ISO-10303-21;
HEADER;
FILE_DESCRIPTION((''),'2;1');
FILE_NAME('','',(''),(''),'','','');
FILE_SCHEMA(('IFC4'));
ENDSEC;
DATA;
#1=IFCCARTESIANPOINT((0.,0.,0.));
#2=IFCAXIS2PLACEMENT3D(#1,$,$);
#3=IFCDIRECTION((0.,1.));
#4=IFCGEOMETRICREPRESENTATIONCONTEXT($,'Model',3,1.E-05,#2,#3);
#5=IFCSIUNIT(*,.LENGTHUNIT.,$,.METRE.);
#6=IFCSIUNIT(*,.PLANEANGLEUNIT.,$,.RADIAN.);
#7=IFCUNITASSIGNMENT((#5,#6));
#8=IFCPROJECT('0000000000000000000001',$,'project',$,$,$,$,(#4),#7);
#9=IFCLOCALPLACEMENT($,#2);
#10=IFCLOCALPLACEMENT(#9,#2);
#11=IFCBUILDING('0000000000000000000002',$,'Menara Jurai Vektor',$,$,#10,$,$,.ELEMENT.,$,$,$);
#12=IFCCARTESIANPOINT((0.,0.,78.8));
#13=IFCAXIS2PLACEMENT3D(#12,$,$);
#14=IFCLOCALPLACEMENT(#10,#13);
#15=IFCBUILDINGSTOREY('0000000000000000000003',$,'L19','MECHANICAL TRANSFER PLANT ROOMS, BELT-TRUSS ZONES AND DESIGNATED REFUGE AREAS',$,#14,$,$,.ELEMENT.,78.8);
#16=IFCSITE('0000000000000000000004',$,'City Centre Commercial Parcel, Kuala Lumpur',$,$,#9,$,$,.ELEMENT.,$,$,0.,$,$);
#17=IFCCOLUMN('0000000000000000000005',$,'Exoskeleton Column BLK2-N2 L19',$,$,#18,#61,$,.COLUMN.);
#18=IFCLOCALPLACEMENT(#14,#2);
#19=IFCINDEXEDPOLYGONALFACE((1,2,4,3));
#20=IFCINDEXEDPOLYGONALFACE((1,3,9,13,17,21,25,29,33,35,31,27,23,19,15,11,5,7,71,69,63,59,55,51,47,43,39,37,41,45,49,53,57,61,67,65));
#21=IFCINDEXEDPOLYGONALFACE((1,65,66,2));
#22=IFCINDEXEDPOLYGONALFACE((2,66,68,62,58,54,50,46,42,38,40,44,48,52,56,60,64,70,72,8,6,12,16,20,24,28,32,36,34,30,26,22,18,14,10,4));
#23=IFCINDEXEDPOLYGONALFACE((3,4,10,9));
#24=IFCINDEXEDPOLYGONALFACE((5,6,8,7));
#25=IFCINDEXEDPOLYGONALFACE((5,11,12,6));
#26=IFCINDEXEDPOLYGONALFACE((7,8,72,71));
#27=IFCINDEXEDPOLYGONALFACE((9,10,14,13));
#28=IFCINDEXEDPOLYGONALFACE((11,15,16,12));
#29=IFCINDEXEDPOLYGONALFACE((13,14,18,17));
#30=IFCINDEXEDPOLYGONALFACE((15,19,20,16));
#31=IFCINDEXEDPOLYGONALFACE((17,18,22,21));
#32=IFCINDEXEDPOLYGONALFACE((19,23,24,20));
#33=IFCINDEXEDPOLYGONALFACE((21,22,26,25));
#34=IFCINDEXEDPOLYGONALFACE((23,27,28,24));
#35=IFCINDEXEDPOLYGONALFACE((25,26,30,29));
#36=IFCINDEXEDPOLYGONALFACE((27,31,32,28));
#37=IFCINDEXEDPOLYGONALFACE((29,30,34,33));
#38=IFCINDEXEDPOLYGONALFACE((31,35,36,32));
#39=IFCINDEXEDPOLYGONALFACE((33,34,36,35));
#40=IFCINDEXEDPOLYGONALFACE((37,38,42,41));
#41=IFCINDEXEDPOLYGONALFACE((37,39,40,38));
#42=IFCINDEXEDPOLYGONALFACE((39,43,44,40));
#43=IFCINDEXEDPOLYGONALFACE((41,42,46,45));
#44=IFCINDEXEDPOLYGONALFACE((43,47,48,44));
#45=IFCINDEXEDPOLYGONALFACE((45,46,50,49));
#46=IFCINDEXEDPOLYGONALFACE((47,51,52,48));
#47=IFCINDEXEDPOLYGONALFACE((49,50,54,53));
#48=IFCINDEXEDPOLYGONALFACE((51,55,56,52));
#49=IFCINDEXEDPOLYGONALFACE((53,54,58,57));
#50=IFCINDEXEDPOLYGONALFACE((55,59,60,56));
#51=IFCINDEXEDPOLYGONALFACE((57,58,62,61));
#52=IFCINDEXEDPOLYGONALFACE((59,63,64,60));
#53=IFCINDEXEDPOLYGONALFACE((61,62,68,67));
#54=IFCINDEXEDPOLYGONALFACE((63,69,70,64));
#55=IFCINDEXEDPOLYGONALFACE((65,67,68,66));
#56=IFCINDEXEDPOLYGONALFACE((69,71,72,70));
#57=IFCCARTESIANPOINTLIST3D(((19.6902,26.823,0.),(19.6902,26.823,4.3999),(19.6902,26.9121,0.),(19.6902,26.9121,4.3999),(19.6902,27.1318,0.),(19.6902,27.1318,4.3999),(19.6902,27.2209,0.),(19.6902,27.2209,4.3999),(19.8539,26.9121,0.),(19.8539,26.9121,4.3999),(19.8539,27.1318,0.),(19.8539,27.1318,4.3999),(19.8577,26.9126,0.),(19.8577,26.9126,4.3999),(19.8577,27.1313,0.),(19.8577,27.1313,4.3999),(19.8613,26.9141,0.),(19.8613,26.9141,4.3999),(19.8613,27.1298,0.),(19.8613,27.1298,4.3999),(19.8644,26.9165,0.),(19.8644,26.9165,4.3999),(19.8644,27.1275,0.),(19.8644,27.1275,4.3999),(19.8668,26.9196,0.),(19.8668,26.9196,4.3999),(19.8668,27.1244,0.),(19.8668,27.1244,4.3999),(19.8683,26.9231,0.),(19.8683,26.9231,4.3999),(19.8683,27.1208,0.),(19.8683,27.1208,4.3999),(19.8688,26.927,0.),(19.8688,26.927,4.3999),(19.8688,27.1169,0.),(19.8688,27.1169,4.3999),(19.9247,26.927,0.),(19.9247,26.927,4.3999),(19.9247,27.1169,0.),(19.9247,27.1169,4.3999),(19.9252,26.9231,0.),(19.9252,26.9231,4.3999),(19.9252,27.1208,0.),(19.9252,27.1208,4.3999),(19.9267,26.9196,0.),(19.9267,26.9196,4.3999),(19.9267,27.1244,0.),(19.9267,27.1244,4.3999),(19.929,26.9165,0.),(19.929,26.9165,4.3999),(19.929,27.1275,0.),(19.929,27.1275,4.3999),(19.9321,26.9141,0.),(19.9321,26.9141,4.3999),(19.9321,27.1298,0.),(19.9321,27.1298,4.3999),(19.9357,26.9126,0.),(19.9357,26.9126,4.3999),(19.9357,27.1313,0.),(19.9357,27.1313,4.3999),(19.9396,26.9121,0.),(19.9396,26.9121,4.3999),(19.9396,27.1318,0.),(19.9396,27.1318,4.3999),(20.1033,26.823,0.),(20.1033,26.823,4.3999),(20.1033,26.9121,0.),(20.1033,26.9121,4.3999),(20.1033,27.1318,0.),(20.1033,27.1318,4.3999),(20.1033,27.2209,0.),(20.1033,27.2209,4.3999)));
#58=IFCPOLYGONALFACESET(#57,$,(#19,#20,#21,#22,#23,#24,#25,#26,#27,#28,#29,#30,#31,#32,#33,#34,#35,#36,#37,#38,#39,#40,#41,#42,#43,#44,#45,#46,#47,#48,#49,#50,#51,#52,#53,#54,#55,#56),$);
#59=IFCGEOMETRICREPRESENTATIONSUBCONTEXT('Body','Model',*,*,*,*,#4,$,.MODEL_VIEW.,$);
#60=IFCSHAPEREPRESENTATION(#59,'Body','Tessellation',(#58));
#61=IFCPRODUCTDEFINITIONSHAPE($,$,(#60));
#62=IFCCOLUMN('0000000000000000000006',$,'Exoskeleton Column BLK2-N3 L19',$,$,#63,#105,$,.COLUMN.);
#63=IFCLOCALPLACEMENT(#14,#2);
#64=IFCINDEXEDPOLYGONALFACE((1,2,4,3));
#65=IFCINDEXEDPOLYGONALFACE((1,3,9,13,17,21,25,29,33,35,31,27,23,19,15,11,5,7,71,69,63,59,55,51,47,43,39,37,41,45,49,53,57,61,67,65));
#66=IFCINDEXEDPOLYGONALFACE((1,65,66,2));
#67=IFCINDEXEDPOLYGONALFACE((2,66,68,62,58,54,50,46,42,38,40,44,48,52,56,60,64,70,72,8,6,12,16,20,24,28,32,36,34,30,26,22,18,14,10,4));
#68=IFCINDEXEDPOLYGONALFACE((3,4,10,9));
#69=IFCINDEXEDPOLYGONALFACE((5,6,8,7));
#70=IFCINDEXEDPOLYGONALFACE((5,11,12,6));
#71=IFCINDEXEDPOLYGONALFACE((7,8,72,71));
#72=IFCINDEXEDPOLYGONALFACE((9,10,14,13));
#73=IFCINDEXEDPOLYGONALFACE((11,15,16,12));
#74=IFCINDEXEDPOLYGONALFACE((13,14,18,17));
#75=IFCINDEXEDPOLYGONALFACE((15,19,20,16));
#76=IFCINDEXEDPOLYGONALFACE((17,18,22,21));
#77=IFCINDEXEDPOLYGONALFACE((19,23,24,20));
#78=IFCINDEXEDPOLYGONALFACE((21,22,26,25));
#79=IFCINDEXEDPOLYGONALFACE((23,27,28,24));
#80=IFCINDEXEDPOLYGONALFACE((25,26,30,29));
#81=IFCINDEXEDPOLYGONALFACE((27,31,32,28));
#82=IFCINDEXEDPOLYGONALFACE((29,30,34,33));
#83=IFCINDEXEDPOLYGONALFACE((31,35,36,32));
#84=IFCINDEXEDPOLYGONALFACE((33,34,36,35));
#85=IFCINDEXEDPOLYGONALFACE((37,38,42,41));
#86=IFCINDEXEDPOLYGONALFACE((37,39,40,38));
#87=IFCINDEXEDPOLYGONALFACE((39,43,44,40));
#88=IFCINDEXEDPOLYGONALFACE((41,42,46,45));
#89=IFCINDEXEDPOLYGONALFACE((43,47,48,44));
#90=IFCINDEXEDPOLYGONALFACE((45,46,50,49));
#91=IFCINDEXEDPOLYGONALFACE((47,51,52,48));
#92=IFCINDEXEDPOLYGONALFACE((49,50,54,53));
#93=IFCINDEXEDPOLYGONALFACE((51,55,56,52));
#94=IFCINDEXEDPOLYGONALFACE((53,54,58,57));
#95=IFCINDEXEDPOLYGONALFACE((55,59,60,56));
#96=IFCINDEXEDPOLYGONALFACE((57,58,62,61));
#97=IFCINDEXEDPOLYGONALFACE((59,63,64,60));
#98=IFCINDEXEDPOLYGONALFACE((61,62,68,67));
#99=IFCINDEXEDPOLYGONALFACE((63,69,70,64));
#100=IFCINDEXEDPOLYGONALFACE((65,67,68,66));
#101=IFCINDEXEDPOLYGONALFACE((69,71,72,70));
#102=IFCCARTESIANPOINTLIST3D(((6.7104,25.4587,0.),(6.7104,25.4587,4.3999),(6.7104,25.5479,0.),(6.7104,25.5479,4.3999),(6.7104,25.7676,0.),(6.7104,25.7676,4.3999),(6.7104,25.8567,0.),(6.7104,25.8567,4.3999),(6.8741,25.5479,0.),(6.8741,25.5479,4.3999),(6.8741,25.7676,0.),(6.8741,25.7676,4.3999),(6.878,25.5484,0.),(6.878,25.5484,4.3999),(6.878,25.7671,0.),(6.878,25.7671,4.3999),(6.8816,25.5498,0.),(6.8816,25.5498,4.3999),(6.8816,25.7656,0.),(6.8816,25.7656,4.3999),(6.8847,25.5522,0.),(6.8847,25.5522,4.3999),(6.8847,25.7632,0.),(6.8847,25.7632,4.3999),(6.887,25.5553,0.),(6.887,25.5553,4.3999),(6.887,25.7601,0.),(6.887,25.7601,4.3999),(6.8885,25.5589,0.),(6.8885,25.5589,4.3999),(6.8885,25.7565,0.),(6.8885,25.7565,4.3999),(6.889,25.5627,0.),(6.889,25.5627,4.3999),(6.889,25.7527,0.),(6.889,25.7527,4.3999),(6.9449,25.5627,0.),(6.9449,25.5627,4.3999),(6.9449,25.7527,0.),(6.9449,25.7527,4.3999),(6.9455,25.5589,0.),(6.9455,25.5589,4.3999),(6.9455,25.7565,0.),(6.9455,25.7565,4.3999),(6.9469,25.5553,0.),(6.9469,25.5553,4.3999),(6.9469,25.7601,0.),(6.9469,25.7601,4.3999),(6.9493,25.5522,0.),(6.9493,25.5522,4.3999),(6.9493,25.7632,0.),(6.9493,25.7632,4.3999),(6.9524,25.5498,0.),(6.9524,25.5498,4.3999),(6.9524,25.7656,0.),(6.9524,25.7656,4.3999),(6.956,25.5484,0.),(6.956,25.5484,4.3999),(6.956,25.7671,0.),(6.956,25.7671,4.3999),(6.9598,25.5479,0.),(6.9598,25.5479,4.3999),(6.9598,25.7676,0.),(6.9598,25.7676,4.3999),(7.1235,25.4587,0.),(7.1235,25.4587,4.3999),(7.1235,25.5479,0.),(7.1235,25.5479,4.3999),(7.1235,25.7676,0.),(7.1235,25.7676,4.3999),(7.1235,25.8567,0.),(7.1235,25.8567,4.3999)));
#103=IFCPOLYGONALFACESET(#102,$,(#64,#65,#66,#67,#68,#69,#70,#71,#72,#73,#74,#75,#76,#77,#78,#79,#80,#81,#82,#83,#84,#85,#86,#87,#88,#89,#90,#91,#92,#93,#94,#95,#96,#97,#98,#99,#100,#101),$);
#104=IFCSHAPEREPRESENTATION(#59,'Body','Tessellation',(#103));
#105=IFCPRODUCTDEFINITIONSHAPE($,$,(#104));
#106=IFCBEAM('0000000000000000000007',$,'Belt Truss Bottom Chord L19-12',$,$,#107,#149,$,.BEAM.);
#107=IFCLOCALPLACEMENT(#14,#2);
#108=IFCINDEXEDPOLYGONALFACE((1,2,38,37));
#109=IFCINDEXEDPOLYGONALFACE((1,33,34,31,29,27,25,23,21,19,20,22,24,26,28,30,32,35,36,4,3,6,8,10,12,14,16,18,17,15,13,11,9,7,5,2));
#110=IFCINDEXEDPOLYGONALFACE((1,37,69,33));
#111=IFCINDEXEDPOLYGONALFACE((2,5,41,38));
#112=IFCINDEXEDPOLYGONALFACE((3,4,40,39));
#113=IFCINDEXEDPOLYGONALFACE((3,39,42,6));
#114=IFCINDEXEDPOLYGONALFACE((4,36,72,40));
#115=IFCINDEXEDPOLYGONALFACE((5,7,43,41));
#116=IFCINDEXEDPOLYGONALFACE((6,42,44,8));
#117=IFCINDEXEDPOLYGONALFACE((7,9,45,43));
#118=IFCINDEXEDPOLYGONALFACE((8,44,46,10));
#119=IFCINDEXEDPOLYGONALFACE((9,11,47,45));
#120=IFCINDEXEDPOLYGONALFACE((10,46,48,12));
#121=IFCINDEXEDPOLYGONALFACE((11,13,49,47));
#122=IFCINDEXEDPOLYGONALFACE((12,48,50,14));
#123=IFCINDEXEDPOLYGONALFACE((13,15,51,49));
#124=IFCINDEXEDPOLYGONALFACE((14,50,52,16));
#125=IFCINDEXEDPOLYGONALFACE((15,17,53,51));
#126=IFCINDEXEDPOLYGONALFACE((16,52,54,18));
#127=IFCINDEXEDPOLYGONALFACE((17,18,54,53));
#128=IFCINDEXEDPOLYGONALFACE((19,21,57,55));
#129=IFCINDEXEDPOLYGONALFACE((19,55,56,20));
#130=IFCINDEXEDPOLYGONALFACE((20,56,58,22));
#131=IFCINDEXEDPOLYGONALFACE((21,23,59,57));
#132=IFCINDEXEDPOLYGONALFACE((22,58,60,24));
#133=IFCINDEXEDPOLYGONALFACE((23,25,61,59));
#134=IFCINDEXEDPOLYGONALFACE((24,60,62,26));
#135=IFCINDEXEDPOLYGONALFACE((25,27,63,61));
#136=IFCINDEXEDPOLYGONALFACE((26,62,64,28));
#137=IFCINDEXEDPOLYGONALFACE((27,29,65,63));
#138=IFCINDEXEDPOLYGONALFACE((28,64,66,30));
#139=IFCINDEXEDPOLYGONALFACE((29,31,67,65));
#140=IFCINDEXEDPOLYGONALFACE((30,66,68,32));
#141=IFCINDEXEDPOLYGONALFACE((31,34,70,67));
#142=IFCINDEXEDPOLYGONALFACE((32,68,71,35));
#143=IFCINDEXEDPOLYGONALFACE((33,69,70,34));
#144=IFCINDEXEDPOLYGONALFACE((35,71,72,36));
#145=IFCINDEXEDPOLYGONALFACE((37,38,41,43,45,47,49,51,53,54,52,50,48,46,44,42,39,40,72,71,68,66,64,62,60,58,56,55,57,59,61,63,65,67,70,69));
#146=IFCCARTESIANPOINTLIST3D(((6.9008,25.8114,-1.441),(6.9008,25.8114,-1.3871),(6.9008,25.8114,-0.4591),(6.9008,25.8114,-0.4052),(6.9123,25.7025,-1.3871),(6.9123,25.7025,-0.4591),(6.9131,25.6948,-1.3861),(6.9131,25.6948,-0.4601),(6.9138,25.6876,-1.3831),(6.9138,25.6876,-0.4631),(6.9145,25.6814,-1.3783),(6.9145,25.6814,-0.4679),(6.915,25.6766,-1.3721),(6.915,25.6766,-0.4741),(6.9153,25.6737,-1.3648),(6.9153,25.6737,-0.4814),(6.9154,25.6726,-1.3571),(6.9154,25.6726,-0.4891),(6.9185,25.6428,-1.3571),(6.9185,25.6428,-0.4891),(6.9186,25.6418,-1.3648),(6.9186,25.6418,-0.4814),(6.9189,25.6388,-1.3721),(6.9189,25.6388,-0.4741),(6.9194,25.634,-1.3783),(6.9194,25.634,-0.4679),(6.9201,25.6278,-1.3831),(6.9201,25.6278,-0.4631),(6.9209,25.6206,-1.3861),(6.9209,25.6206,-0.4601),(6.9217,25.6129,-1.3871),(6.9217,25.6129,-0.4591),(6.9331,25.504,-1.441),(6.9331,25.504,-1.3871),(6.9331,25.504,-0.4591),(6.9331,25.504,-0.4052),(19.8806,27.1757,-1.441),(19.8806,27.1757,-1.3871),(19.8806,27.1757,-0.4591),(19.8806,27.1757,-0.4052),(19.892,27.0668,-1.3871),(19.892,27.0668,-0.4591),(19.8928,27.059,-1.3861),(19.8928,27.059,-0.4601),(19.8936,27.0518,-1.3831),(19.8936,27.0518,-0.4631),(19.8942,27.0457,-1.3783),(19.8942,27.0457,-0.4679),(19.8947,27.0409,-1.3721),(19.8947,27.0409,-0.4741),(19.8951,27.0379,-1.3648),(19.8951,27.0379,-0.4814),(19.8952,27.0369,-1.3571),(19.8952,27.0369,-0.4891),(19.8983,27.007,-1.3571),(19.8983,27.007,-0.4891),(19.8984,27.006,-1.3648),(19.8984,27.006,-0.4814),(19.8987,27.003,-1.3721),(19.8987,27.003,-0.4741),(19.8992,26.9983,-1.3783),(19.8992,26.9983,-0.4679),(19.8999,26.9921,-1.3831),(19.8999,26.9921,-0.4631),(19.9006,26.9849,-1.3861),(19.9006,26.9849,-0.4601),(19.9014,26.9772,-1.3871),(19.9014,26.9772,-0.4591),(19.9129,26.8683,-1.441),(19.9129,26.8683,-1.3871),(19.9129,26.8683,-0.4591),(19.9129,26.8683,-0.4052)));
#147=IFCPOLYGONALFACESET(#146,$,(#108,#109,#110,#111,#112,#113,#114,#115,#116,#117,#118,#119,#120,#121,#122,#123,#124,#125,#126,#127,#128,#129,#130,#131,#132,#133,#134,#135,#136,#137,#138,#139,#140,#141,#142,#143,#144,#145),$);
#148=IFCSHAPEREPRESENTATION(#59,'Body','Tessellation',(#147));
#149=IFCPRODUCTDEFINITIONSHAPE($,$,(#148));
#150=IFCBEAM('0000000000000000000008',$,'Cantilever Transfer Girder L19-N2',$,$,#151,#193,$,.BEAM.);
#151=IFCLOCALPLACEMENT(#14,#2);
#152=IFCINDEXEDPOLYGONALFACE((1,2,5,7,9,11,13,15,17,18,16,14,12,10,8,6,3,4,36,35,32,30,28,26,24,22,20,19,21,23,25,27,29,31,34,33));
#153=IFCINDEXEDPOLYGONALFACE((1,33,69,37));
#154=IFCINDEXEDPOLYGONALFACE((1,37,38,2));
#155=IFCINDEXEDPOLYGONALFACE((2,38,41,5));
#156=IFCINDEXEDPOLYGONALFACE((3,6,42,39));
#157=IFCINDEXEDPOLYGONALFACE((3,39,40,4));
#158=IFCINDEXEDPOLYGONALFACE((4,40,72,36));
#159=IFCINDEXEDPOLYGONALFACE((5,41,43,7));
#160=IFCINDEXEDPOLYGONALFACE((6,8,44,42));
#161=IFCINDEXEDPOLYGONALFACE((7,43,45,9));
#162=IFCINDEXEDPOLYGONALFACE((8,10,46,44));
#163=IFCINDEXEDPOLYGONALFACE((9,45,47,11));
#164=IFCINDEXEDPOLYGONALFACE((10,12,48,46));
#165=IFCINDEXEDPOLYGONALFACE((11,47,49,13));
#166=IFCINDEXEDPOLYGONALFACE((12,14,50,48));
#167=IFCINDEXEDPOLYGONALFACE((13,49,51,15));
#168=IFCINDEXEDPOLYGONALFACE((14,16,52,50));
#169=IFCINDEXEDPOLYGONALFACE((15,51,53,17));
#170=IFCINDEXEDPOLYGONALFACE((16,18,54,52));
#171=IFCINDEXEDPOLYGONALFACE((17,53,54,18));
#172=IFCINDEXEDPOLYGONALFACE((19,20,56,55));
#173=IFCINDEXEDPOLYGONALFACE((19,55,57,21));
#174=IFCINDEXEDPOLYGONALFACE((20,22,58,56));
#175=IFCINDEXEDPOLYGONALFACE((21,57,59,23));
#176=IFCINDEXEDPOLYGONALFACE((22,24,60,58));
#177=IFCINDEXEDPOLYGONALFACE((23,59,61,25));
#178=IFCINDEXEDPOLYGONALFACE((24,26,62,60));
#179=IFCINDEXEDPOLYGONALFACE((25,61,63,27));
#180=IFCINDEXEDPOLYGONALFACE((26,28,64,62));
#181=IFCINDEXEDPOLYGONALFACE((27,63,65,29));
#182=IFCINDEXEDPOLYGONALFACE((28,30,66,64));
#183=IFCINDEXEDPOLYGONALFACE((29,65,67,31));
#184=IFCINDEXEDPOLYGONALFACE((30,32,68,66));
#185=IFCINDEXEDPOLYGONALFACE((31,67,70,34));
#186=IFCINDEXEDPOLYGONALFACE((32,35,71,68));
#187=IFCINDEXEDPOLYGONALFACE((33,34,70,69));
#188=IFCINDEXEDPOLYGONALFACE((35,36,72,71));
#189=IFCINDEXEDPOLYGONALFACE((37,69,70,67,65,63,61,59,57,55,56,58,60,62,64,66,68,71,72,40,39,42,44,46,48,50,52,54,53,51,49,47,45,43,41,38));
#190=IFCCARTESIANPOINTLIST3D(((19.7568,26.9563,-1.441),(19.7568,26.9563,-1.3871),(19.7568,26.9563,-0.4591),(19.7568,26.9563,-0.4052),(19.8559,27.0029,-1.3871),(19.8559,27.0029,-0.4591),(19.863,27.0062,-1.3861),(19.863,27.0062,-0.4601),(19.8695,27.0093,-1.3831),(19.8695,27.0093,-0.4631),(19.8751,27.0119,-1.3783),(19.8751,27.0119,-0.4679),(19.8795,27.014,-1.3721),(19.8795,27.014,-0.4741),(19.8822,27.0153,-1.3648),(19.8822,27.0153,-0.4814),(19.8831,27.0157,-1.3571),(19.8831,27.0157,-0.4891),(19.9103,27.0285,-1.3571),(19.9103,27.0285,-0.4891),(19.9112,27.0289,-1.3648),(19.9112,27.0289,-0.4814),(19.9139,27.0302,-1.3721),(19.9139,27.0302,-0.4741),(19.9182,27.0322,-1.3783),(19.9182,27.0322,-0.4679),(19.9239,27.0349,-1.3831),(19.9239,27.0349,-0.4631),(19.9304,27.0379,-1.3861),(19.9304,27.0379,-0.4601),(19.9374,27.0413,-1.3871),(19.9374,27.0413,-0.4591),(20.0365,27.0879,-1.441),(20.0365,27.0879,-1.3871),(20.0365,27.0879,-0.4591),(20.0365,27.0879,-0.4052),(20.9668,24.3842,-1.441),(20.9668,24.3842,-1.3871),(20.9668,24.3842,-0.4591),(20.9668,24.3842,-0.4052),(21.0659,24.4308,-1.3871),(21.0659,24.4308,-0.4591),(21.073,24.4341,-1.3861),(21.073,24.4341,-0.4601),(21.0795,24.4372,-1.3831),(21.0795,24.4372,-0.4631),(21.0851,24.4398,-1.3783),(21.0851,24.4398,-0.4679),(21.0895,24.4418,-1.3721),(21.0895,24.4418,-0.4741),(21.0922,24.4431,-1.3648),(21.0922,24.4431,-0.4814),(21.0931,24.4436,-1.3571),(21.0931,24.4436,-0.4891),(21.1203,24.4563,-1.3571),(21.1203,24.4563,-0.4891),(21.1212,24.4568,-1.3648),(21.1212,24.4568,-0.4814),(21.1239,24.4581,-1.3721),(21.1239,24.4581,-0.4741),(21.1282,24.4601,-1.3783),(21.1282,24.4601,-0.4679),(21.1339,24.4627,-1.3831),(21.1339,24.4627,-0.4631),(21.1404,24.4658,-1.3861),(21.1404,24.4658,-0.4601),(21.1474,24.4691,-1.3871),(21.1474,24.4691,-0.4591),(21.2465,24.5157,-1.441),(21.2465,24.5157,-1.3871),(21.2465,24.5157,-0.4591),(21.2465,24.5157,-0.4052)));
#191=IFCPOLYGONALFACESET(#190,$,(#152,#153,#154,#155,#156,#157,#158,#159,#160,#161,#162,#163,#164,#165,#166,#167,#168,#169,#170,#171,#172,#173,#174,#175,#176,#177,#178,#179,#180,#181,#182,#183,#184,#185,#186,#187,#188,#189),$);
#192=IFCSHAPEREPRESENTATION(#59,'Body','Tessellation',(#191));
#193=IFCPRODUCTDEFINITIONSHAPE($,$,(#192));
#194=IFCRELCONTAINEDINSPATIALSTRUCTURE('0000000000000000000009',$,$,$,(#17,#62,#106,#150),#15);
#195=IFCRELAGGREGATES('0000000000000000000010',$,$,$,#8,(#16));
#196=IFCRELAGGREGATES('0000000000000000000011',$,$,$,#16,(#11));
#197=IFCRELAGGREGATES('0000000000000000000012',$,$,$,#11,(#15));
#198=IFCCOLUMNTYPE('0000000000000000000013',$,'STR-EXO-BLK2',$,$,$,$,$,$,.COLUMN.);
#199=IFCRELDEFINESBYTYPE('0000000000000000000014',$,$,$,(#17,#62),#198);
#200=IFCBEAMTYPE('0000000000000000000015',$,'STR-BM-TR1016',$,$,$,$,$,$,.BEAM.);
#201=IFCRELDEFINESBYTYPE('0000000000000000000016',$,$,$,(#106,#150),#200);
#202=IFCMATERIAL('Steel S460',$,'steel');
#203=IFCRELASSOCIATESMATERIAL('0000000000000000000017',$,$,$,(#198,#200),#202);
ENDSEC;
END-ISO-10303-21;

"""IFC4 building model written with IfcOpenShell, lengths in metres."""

from ifc_helpers import new_model, si_unit, direction, frame, origin, origin_2d, place, context, subcontext, project, spatial, i_section, extrude, material, material_profile, profile_set, type_object, element, save


model = new_model("IFC4")

# Units and contexts
model_context = context("Model", 3, precision=1e-05, world=origin(), true_north=direction((0.0, 1.0)))
body_context = subcontext(model_context, "Body", "Model", "MODEL_VIEW")
ifc_project = project(units=[si_unit("LENGTHUNIT", "METRE"), si_unit("PLANEANGLEUNIT", "RADIAN")], contexts=[model_context])

# Site, building, storey
site_placement = place(None, origin())
site = spatial("IfcSite", under=ifc_project, at=site_placement, Name="City Centre Commercial Parcel, Kuala Lumpur", CompositionType="ELEMENT", RefElevation=0.0)
building_placement = place(site_placement, origin())
building = spatial("IfcBuilding", under=site, at=building_placement, Name="Menara Jurai Vektor", CompositionType="ELEMENT")
storey_placement = place(building_placement, frame((0.0, 0.0, 78.8)))
storey = spatial("IfcBuildingStorey", under=building, at=storey_placement, Name="L19", Description="MECHANICAL TRANSFER PLANT ROOMS, BELT-TRUSS ZONES AND DESIGNATED REFUGE AREAS", CompositionType="ELEMENT", Elevation=78.8)

# Columns
ifc_material_1 = material(Name="Steel S460", Category="steel")
ifc_material_profile_1 = material_profile(ifc_material_1, i_section(OverallWidth=0.4131, OverallDepth=0.3979, WebThickness=0.0559, FlangeThickness=0.0891, FilletRadius=0.0149, at=origin_2d()), Name="HD 400x744")
ifc_profile_set_1 = profile_set([ifc_material_profile_1], Name="Steel S460")
column_type = type_object("IfcColumnType", Name="STR-EXO-BLK2", PredefinedType="COLUMN", material=ifc_profile_set_1)
for number, where, z_axis, x_axis, name in (
    (1, (19.8967, 27.022, 0.0), (0.0, 0.0, 1.0), (1.0, 0.0, 0.0), "Exoskeleton Column BLK2-N2 L19"),
    (2, (6.917, 25.6577, 0.0), (0.0, 0.0, 1.0), (1.0, 0.0, 0.0), "Exoskeleton Column BLK2-N3 L19"),
):
    element("IfcColumn", number, at=place(storey_placement, frame(where, z_axis=z_axis, x_axis=x_axis)), inside=storey, type_object=column_type, Name=name, PredefinedType="COLUMN", context=body_context, shape_type="SweptSolid", body=[
        extrude(i_section(OverallWidth=0.4131, OverallDepth=0.3979, WebThickness=0.0559, FlangeThickness=0.0891, FilletRadius=0.0149, at=origin_2d()), origin(), (0.0, 0.0, 1.0), 4.3999),
    ])

# Beams
ifc_material_profile_2 = material_profile(ifc_material_1, i_section(OverallWidth=0.3091, OverallDepth=1.0359, WebThickness=0.03, FlangeThickness=0.054, FilletRadius=0.03, at=origin_2d()), Name="UKB 1016x305x487")
ifc_profile_set_2 = profile_set([ifc_material_profile_2], Name="Steel S460")
beam_type_1 = type_object("IfcBeamType", Name="STR-BM-TR1016", PredefinedType="BEAM", material=ifc_profile_set_2)
beam_1_placement = place(storey_placement, frame((19.8967, 27.022, -0.9231), z_axis=(-0.994522, -0.104531, 0.0), x_axis=(0.104531, -0.994522, 0.0)))
element("IfcBeam", 3, at=beam_1_placement, inside=storey, type_object=beam_type_1, Name="Belt Truss Bottom Chord L19-12", PredefinedType="BEAM", context=body_context, shape_type="SweptSolid", body=[
    extrude(i_section(OverallWidth=0.3091, OverallDepth=1.0359, WebThickness=0.03, FlangeThickness=0.054, FilletRadius=0.03, at=origin_2d()), origin(), (0.0, 0.0, 1.0), 13.0513),
])
beam_2_placement = place(storey_placement, frame((21.1067, 24.45, -0.9231), z_axis=(-0.425681, 0.904873, 0.0), x_axis=(-0.904873, -0.425681, 0.0)))
element("IfcBeam", 4, at=beam_2_placement, inside=storey, type_object=beam_type_1, Name="Cantilever Transfer Girder L19-N2", PredefinedType="BEAM", context=body_context, shape_type="SweptSolid", body=[
    extrude(i_section(OverallWidth=0.3091, OverallDepth=1.0359, WebThickness=0.03, FlangeThickness=0.054, FilletRadius=0.03, at=origin_2d()), origin(), (0.0, 0.0, 1.0), 2.8425),
])

save(model, "model.ifc")
